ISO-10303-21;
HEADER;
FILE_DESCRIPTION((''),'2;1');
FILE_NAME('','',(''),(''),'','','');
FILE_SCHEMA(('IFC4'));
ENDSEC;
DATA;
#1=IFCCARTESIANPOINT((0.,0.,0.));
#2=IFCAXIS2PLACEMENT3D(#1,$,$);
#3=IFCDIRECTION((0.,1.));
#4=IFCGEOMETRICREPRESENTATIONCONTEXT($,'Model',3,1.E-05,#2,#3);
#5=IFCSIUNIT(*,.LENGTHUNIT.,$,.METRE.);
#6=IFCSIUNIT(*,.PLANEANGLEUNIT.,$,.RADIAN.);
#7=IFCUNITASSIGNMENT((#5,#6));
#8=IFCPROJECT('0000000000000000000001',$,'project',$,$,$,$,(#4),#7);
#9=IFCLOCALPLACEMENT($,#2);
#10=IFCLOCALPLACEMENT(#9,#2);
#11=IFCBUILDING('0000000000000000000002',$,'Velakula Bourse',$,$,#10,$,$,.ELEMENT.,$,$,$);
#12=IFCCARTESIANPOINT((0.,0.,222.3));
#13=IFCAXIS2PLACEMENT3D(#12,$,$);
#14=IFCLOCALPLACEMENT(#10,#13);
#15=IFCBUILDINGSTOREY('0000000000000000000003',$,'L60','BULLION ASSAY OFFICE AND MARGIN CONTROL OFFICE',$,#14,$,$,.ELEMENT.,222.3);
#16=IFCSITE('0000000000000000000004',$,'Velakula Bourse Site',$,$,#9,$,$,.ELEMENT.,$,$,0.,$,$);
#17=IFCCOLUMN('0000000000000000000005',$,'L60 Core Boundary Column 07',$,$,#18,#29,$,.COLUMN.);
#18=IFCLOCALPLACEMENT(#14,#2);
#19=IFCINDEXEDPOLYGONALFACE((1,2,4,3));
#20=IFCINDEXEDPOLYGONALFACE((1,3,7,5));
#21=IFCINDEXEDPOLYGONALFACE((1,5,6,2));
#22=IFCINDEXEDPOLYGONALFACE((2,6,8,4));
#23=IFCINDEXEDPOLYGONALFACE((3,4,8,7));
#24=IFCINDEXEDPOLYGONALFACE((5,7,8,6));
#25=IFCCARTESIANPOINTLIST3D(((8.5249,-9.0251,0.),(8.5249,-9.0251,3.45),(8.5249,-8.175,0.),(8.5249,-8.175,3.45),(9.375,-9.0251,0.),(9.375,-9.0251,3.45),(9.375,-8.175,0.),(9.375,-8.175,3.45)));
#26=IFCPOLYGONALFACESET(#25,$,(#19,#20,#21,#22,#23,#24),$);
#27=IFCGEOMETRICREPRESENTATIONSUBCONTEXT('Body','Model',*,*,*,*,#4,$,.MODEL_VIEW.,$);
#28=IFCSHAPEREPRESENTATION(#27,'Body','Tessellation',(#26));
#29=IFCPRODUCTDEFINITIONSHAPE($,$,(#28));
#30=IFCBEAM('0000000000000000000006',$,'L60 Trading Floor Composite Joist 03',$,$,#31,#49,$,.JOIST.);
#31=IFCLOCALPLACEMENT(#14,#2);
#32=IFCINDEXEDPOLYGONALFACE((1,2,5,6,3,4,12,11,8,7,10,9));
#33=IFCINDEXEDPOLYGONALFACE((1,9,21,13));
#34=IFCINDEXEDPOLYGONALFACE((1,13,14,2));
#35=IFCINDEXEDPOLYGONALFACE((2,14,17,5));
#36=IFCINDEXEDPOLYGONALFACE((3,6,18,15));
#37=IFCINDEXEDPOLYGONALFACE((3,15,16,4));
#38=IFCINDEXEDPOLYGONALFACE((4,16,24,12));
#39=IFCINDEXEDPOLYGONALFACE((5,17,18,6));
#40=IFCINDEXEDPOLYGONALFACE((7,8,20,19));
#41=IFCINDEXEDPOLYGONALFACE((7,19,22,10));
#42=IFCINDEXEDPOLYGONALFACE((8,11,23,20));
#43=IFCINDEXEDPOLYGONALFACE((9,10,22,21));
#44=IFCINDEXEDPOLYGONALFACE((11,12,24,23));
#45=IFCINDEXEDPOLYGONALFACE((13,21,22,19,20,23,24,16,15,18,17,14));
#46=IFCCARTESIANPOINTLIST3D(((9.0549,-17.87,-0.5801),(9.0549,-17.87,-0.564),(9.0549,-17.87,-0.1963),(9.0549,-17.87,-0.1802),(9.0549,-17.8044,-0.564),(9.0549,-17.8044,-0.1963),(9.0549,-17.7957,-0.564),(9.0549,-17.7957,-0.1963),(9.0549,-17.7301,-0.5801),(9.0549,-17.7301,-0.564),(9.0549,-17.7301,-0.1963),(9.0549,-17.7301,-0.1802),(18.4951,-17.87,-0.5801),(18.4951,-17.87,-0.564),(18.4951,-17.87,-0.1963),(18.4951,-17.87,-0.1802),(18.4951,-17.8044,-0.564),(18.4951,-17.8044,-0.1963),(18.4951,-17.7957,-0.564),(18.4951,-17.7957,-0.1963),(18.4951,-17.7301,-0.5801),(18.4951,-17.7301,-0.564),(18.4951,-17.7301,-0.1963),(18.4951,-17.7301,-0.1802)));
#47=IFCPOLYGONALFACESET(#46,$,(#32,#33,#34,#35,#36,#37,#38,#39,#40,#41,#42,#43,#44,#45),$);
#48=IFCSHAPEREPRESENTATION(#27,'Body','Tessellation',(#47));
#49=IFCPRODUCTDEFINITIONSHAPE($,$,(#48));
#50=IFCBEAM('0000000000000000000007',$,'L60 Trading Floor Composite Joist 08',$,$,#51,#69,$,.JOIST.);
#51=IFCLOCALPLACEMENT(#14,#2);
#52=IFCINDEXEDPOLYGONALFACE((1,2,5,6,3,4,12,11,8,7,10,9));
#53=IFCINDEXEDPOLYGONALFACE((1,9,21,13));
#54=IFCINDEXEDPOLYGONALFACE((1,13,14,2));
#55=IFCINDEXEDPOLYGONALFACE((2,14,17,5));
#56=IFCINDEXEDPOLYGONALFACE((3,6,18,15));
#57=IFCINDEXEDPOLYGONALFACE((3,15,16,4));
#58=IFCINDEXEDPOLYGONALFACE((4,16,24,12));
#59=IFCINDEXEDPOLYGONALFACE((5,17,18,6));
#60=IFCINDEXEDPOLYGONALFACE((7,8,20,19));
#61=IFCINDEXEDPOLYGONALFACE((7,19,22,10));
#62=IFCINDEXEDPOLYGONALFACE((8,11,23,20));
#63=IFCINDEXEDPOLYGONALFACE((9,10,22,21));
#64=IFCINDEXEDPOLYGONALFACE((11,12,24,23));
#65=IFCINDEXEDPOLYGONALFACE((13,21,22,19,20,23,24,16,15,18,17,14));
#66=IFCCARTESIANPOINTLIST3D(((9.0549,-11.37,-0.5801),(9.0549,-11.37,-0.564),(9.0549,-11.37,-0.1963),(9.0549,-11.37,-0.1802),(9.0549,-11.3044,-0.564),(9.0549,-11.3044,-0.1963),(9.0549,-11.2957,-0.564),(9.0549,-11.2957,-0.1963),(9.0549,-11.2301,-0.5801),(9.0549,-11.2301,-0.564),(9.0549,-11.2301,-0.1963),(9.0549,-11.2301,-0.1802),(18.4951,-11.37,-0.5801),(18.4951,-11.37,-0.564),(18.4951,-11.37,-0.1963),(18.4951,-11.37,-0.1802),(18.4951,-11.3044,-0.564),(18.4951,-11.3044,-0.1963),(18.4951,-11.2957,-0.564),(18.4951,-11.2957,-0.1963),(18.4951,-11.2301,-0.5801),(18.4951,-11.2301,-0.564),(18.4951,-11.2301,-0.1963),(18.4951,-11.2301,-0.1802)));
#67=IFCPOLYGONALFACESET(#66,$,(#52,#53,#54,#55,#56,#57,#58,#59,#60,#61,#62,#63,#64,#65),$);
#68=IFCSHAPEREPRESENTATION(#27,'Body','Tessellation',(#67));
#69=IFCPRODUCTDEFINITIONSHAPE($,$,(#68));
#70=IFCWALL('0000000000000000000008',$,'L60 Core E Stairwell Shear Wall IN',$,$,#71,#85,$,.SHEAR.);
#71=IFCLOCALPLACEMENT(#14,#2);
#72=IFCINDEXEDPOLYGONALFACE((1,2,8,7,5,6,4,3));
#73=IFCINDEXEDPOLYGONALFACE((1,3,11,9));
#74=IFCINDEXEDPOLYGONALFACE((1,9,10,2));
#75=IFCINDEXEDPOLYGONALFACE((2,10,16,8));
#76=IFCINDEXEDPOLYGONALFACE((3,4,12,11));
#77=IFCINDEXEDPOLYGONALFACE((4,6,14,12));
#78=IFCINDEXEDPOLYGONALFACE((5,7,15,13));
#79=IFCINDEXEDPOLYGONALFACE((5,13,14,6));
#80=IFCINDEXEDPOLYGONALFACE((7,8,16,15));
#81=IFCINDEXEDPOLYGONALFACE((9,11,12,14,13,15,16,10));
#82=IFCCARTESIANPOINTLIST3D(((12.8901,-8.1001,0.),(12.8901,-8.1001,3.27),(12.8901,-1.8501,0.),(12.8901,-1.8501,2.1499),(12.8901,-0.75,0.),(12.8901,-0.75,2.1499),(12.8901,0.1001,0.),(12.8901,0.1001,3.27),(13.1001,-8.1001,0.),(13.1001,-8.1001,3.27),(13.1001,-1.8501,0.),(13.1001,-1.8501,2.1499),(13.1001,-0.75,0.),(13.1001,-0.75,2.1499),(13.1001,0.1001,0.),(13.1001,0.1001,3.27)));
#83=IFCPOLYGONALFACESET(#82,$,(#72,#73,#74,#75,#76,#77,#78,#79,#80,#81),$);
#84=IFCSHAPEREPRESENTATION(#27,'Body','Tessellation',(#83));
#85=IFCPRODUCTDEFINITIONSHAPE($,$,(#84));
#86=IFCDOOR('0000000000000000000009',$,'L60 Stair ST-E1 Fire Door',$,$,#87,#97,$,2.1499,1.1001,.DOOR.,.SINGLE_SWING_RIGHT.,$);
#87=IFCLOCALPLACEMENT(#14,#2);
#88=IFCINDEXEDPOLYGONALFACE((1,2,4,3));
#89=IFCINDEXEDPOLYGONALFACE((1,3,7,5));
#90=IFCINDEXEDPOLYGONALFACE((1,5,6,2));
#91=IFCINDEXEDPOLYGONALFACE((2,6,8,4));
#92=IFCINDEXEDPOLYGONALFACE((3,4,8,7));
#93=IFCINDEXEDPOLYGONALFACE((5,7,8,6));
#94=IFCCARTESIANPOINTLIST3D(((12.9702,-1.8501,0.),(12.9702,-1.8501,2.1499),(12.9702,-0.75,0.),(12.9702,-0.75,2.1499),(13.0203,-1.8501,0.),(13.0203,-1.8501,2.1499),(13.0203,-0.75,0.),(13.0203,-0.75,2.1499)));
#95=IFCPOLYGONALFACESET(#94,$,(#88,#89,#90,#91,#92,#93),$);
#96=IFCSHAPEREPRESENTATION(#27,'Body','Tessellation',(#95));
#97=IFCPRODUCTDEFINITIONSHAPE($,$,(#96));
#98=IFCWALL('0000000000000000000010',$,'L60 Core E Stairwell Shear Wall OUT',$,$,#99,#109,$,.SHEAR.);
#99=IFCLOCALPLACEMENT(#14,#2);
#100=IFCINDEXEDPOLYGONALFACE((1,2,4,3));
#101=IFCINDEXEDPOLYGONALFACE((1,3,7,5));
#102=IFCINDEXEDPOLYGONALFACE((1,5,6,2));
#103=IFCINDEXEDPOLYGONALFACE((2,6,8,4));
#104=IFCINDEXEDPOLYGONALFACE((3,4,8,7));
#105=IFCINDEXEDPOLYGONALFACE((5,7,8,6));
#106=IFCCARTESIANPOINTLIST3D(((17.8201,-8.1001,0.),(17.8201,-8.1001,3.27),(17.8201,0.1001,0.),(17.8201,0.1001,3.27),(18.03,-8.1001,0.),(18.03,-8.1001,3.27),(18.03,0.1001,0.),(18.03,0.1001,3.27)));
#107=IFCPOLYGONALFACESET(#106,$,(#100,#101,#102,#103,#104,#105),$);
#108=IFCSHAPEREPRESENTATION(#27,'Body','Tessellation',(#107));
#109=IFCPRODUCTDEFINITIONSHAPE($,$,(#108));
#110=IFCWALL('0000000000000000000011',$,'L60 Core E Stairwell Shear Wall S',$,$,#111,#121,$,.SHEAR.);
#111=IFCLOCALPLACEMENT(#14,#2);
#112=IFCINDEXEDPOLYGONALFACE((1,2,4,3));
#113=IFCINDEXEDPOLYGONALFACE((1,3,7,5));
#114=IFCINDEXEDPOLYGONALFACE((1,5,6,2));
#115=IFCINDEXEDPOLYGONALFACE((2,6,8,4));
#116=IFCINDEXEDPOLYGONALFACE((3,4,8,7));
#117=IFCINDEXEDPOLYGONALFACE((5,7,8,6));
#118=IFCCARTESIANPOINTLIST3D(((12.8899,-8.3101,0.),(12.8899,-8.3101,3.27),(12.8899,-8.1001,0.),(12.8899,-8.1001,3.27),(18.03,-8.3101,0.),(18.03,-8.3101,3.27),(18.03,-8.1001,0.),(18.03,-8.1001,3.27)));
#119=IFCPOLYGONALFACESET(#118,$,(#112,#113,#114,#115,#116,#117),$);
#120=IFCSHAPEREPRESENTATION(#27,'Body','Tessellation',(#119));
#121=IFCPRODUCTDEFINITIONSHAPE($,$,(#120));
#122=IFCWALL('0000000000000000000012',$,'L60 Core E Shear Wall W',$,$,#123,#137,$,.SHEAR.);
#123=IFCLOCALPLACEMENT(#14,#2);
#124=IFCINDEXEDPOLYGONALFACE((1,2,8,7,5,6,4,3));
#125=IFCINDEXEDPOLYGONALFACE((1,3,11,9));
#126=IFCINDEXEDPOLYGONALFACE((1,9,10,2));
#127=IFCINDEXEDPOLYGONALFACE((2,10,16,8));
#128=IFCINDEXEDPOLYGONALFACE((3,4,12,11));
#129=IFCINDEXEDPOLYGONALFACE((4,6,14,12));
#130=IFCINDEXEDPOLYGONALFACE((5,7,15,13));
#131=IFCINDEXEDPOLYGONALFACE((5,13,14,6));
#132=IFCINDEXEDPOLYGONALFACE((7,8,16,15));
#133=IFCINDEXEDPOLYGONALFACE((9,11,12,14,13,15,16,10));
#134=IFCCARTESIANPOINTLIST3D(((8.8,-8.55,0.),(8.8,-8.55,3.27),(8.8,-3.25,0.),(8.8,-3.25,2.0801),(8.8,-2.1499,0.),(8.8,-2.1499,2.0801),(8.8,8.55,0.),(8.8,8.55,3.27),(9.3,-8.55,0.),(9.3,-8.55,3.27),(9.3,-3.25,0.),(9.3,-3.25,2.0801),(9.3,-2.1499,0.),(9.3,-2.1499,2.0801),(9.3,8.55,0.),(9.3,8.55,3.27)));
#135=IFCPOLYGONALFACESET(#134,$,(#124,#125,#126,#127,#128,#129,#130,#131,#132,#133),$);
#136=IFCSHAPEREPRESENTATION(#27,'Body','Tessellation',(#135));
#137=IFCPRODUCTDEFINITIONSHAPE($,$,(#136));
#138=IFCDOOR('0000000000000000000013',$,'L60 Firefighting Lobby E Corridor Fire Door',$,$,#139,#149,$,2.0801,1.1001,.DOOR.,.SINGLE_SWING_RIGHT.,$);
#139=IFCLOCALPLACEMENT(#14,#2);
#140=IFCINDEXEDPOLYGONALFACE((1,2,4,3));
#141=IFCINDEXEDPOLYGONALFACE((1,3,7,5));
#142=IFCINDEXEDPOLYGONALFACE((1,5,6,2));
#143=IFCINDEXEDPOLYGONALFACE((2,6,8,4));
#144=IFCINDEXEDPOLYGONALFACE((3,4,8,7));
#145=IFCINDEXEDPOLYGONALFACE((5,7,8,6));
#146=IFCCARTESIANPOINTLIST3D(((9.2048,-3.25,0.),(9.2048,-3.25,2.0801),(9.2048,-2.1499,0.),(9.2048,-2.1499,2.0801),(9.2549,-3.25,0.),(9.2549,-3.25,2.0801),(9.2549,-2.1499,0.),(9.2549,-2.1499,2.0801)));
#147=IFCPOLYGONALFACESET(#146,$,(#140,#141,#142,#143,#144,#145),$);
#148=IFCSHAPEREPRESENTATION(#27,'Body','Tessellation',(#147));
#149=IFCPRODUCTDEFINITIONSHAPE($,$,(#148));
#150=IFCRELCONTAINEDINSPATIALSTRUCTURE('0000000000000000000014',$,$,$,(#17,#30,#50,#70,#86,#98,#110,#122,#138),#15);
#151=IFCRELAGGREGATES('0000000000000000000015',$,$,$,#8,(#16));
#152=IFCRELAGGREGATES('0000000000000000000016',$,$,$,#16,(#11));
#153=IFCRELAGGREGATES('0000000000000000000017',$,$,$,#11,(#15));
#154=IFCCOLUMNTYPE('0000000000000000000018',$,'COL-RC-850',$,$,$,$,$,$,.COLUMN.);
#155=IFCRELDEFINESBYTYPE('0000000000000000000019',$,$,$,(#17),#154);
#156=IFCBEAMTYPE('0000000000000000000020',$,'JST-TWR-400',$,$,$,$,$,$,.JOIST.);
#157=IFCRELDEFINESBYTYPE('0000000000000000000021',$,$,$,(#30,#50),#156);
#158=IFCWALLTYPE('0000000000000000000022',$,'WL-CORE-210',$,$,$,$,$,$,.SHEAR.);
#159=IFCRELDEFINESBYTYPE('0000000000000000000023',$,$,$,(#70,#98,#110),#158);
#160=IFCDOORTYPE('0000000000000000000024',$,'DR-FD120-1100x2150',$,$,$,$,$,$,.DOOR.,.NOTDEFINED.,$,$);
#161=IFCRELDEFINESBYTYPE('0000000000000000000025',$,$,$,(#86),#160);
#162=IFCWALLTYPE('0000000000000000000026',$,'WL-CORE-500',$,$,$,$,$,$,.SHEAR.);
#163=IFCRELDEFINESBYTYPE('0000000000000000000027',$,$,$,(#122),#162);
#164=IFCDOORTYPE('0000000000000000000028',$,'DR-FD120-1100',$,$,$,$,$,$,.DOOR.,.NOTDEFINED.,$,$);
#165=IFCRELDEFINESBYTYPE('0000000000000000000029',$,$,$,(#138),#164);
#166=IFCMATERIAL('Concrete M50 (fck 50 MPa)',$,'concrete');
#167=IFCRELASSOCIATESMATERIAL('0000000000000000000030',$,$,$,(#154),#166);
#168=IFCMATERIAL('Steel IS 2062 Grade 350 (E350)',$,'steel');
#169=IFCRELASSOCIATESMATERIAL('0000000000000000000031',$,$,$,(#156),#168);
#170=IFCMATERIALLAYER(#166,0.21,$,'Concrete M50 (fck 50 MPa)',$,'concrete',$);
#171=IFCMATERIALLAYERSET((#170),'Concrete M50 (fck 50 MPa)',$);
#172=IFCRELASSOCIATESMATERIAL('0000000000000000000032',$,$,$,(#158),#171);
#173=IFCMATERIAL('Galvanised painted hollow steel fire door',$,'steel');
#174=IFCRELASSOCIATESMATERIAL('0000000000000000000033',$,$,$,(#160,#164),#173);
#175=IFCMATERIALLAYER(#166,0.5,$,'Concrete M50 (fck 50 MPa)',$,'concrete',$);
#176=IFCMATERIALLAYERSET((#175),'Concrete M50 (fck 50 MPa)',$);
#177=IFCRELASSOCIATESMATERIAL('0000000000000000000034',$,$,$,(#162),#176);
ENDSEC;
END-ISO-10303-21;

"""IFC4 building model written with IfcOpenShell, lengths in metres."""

from ifc_helpers import new_model, si_unit, direction, frame, frame_2d, origin, origin_2d, place, context, subcontext, project, spatial, rectangle, i_section, extrude, material, layer, layer_set, material_profile, profile_set, type_object, element, fill, save


model = new_model("IFC4")

# Units and contexts
model_context = context("Model", 3, precision=1e-05, world=origin(), true_north=direction((0.0, 1.0)))
body_context = subcontext(model_context, "Body", "Model", "MODEL_VIEW")
ifc_project = project(units=[si_unit("LENGTHUNIT", "METRE"), si_unit("PLANEANGLEUNIT", "RADIAN")], contexts=[model_context])

# Site, building, storey
site_placement = place(None, origin())
site = spatial("IfcSite", under=ifc_project, at=site_placement, Name="Velakula Bourse Site", CompositionType="ELEMENT", RefElevation=0.0)
building_placement = place(site_placement, origin())
building = spatial("IfcBuilding", under=site, at=building_placement, Name="Velakula Bourse", CompositionType="ELEMENT")
storey_placement = place(building_placement, frame((0.0, 0.0, 222.3)))
storey = spatial("IfcBuildingStorey", under=building, at=storey_placement, Name="L60", Description="BULLION ASSAY OFFICE AND MARGIN CONTROL OFFICE", CompositionType="ELEMENT", Elevation=222.3)

# Column
ifc_material_1 = material(Name="Concrete M50 (fck 50 MPa)", Category="concrete")
ifc_material_profile_1 = material_profile(ifc_material_1, rectangle(XDim=0.8501, YDim=0.8501, at=origin_2d()), Name="Concrete M50 (fck 50 MPa)")
ifc_profile_set_1 = profile_set([ifc_material_profile_1], Name="Concrete M50 (fck 50 MPa)")
column_type = type_object("IfcColumnType", Name="COL-RC-850", PredefinedType="COLUMN", material=ifc_profile_set_1)
column_placement = place(storey_placement, frame((8.95, -8.6001, 0.0), z_axis=(0.0, 0.0, 1.0), x_axis=(1.0, 0.0, 0.0)))
element("IfcColumn", 1, at=column_placement, inside=storey, type_object=column_type, Name="L60 Core Boundary Column 07", PredefinedType="COLUMN", context=body_context, shape_type="SweptSolid", body=[
    extrude(rectangle(XDim=0.8501, YDim=0.8501, at=origin_2d()), origin(), (0.0, 0.0, 1.0), 3.45),
])

# Beams
ifc_material_2 = material(Name="Steel IS 2062 Grade 350 (E350)", Category="steel")
ifc_material_profile_2 = material_profile(ifc_material_2, i_section(OverallWidth=0.1399, OverallDepth=0.3999, WebThickness=0.0088, FlangeThickness=0.0161, at=origin_2d()), Name="Steel IS 2062 Grade 350 (E350)")
ifc_profile_set_2 = profile_set([ifc_material_profile_2], Name="Steel IS 2062 Grade 350 (E350)")
beam_type = type_object("IfcBeamType", Name="JST-TWR-400", PredefinedType="JOIST", material=ifc_profile_set_2)
for number, where, z_axis, x_axis, name in (
    (2, (9.0549, -17.8, -0.3801), (1.0, 0.0, 0.0), (0.0, 1.0, 0.0), "L60 Trading Floor Composite Joist 03"),
    (3, (9.0549, -11.3, -0.3801), (1.0, 0.0, 0.0), (0.0, 1.0, 0.0), "L60 Trading Floor Composite Joist 08"),
):
    element("IfcBeam", number, at=place(storey_placement, frame(where, z_axis=z_axis, x_axis=x_axis)), inside=storey, type_object=beam_type, Name=name, PredefinedType="JOIST", context=body_context, shape_type="SweptSolid", body=[
        extrude(i_section(OverallWidth=0.1399, OverallDepth=0.3999, WebThickness=0.0088, FlangeThickness=0.0161, at=origin_2d()), origin(), (0.0, 0.0, 1.0), 9.4402),
    ])

# Wall, opening, door
ifc_layer_1 = layer(ifc_material_1, 0.21, Name="Concrete M50 (fck 50 MPa)", Category="concrete")
ifc_layer_set_1 = layer_set([ifc_layer_1], Name="Concrete M50 (fck 50 MPa)")
wall_type_1 = type_object("IfcWallType", Name="WL-CORE-210", PredefinedType="SHEAR", material=ifc_layer_set_1)
wall_1_placement = place(storey_placement, frame((12.9951, -8.1001, 0.0), z_axis=(0.0, 0.0, 1.0), x_axis=(0.0, 1.0, 0.0)))
wall_1 = element("IfcWall", 4, at=wall_1_placement, inside=storey, type_object=wall_type_1, Name="L60 Core E Stairwell Shear Wall IN", PredefinedType="SHEAR", context=body_context, shape_type="SweptSolid", body=[
    extrude(rectangle(XDim=8.2002, YDim=0.21, at=frame_2d((4.1001, 0.0))), origin(), (0.0, 0.0, 1.0), 3.27),
])
opening_1_placement = place(wall_1_placement, frame((6.25, 0.0, 0.0)))
opening_1 = element("IfcOpeningElement", 5, at=opening_1_placement, cuts=wall_1, PredefinedType="OPENING", context=body_context, shape_type="SweptSolid", body=[
    extrude(rectangle(XDim=1.1001, YDim=2.1499, at=frame_2d((0.55, 1.075))), frame((0.0, 0.115, 0.0), z_axis=(0.0, -1.0, 0.0), x_axis=(1.0, 0.0, 0.0)), (0.0, 0.0, 1.0), 0.23),
])
ifc_material_3 = material(Name="Galvanised painted hollow steel fire door", Category="steel")
door_type_1 = type_object("IfcDoorType", Name="DR-FD120-1100x2150", OperationType="NOTDEFINED", PredefinedType="DOOR", material=ifc_material_3)
door_1_placement = place(opening_1_placement, origin())
door_1 = element("IfcDoor", 6, at=door_1_placement, inside=storey, type_object=door_type_1, Name="L60 Stair ST-E1 Fire Door", OperationType="SINGLE_SWING_RIGHT", OverallHeight=2.1499, OverallWidth=1.1001, PredefinedType="DOOR", context=body_context, shape_type="SweptSolid", body=[
    extrude(rectangle(XDim=1.1001, YDim=2.1499, at=frame_2d((0.55, 1.075))), frame((0.0, 0.0249, 0.0), z_axis=(0.0, -1.0, 0.0), x_axis=(1.0, 0.0, 0.0)), (0.0, 0.0, 1.0), 0.05),
])
fill(opening_1, door_1)

# Walls
wall_2_placement = place(storey_placement, frame((17.925, -8.1001, 0.0), z_axis=(0.0, 0.0, 1.0), x_axis=(0.0, 1.0, 0.0)))
element("IfcWall", 7, at=wall_2_placement, inside=storey, type_object=wall_type_1, Name="L60 Core E Stairwell Shear Wall OUT", PredefinedType="SHEAR", context=body_context, shape_type="SweptSolid", body=[
    extrude(rectangle(XDim=8.2002, YDim=0.21, at=frame_2d((4.1001, 0.0))), origin(), (0.0, 0.0, 1.0), 3.27),
])
wall_3_placement = place(storey_placement, frame((12.8899, -8.2051, 0.0), z_axis=(0.0, 0.0, 1.0), x_axis=(1.0, 0.0, 0.0)))
element("IfcWall", 8, at=wall_3_placement, inside=storey, type_object=wall_type_1, Name="L60 Core E Stairwell Shear Wall S", PredefinedType="SHEAR", context=body_context, shape_type="SweptSolid", body=[
    extrude(rectangle(XDim=5.1401, YDim=0.21, at=frame_2d((2.5701, 0.0))), origin(), (0.0, 0.0, 1.0), 3.27),
])

# Wall, opening, door
ifc_layer_2 = layer(ifc_material_1, 0.5, Name="Concrete M50 (fck 50 MPa)", Category="concrete")
ifc_layer_set_2 = layer_set([ifc_layer_2], Name="Concrete M50 (fck 50 MPa)")
wall_type_2 = type_object("IfcWallType", Name="WL-CORE-500", PredefinedType="SHEAR", material=ifc_layer_set_2)
wall_4_placement = place(storey_placement, frame((9.05, -8.55, 0.0), z_axis=(0.0, 0.0, 1.0), x_axis=(0.0, 1.0, 0.0)))
wall_4 = element("IfcWall", 9, at=wall_4_placement, inside=storey, type_object=wall_type_2, Name="L60 Core E Shear Wall W", PredefinedType="SHEAR", context=body_context, shape_type="SweptSolid", body=[
    extrude(rectangle(XDim=17.1001, YDim=0.5, at=frame_2d((8.55, 0.0))), origin(), (0.0, 0.0, 1.0), 3.27),
])
opening_2_placement = place(wall_4_placement, frame((5.3, 0.0, 0.0)))
opening_2 = element("IfcOpeningElement", 10, at=opening_2_placement, cuts=wall_4, PredefinedType="OPENING", context=body_context, shape_type="SweptSolid", body=[
    extrude(rectangle(XDim=1.1001, YDim=2.0801, at=frame_2d((0.55, 1.04))), frame((0.0, 0.26, 0.0), z_axis=(0.0, -1.0, 0.0), x_axis=(1.0, 0.0, 0.0)), (0.0, 0.0, 1.0), 0.52),
])
door_type_2 = type_object("IfcDoorType", Name="DR-FD120-1100", OperationType="NOTDEFINED", PredefinedType="DOOR", material=ifc_material_3)
door_2_placement = place(opening_2_placement, origin())
door_2 = element("IfcDoor", 11, at=door_2_placement, inside=storey, type_object=door_type_2, Name="L60 Firefighting Lobby E Corridor Fire Door", OperationType="SINGLE_SWING_RIGHT", OverallHeight=2.0801, OverallWidth=1.1001, PredefinedType="DOOR", context=body_context, shape_type="SweptSolid", body=[
    extrude(rectangle(XDim=1.1001, YDim=2.0801, at=frame_2d((0.55, 1.04))), frame((0.0, -0.1548, 0.0), z_axis=(0.0, -1.0, 0.0), x_axis=(1.0, 0.0, 0.0)), (0.0, 0.0, 1.0), 0.05),
])
fill(opening_2, door_2)

save(model, "model.ifc")
